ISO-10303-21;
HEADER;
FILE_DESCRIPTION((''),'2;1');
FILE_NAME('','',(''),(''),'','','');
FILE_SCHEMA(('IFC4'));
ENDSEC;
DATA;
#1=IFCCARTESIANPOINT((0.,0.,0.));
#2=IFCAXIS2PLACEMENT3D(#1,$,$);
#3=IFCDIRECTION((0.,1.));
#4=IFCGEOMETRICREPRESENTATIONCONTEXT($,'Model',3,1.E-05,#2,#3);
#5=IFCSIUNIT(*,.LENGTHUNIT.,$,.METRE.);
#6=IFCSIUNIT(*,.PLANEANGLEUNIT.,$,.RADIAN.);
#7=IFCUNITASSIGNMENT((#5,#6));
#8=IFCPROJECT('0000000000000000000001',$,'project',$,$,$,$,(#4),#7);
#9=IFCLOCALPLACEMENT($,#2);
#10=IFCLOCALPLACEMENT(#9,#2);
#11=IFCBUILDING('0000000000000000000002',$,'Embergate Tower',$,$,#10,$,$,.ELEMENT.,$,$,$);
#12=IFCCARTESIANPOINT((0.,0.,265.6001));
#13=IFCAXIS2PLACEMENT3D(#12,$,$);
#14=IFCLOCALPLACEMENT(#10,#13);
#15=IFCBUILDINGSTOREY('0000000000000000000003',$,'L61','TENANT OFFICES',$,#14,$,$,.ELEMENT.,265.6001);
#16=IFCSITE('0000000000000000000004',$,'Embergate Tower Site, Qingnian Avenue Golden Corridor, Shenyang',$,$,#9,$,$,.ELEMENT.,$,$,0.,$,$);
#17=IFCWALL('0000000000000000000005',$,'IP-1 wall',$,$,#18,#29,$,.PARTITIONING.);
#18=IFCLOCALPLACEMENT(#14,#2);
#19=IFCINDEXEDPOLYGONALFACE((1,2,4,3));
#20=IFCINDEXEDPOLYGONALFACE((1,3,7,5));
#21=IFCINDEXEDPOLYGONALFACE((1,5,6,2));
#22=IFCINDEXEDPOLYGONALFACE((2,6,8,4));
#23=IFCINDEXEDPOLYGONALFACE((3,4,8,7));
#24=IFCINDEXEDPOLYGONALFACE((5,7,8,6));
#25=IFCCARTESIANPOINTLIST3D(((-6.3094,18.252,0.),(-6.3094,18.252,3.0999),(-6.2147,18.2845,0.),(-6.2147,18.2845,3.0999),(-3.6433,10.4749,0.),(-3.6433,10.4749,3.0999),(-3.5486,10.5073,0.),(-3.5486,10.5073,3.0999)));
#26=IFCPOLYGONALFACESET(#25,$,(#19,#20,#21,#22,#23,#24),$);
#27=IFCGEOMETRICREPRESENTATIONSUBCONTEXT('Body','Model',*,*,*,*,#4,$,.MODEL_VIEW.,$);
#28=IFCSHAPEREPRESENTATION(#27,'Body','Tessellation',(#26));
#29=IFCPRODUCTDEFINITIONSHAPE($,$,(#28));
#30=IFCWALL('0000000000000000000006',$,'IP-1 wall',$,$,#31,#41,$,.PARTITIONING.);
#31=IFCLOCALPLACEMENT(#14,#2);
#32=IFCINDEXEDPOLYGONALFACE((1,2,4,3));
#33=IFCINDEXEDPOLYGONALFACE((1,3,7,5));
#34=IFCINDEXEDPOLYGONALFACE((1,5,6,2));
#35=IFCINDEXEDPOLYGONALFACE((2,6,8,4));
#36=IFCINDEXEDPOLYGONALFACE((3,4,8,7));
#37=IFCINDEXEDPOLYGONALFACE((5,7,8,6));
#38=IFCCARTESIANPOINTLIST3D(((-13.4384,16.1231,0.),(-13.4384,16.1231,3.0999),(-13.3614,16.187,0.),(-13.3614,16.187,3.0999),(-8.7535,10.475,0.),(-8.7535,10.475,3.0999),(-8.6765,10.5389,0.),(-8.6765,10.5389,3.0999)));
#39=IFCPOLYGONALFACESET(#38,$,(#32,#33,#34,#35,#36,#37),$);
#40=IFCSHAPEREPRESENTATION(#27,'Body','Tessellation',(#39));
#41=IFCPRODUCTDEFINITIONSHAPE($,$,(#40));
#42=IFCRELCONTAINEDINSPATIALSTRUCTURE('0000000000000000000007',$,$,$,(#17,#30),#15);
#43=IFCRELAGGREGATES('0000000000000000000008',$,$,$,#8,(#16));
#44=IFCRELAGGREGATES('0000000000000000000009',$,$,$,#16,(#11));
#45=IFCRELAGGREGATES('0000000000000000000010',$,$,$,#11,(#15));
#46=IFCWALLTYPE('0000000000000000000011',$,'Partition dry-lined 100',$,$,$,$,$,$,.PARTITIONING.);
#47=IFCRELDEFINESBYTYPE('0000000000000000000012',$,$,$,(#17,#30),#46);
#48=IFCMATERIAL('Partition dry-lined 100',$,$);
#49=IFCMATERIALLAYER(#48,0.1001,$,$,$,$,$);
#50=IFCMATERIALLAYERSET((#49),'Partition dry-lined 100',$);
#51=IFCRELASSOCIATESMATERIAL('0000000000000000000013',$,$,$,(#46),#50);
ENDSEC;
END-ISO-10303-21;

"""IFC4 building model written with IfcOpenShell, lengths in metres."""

from ifc_helpers import new_model, si_unit, direction, frame, frame_2d, origin, place, context, subcontext, project, spatial, rectangle, extrude, source, transform, mapped, material, layer, layer_set, type_object, element, save


model = new_model("IFC4")

# Units and contexts
model_context = context("Model", 3, precision=1e-05, world=origin(), true_north=direction((0.0, 1.0)))
body_context = subcontext(model_context, "Body", "Model", "MODEL_VIEW")
ifc_project = project(units=[si_unit("LENGTHUNIT", "METRE"), si_unit("PLANEANGLEUNIT", "RADIAN")], contexts=[model_context])

# Site, building, storey
site_placement = place(None, origin())
site = spatial("IfcSite", under=ifc_project, at=site_placement, Name="Embergate Tower Site, Qingnian Avenue Golden Corridor, Shenyang", CompositionType="ELEMENT", RefElevation=0.0)
building_placement = place(site_placement, origin())
building = spatial("IfcBuilding", under=site, at=building_placement, Name="Embergate Tower", CompositionType="ELEMENT")
storey_placement = place(building_placement, frame((0.0, 0.0, 265.6001)))
storey = spatial("IfcBuildingStorey", under=building, at=storey_placement, Name="L61", Description="TENANT OFFICES", CompositionType="ELEMENT", Elevation=265.6001)

# Walls
ifc_material_1 = material(Name="Partition dry-lined 100")
ifc_layer_1 = layer(ifc_material_1, 0.1001)
ifc_layer_set_1 = layer_set([ifc_layer_1], Name="Partition dry-lined 100")
wall_type_1 = type_object("IfcWallType", Name="Partition dry-lined 100", PredefinedType="PARTITIONING", material=ifc_layer_set_1)
shared_shape_1 = source(origin(), body_context, "Body", "SweptSolid", [
    extrude(rectangle(XDim=8.2214, YDim=0.1001, at=frame_2d((4.1108, 0.0))), origin(), (0.0, 0.0, 1.0), 3.0999),
])
wall_1_placement = place(storey_placement, frame((-3.5959, 10.491, 0.0), z_axis=(0.0, 0.0, 1.0), x_axis=(-0.324279, 0.945962, 0.0)))
element("IfcWall", 1, at=wall_1_placement, inside=storey, type_object=wall_type_1, Name="IP-1 wall", PredefinedType="PARTITIONING", context=body_context, shape_type="MappedRepresentation", body=[
    mapped(shared_shape_1, transform((0.0, 0.0, 0.0))),
])
shared_shape_2 = source(origin(), body_context, "Body", "SweptSolid", [
    extrude(rectangle(XDim=7.3381, YDim=0.1001, at=frame_2d((3.6689, 0.0))), origin(), (0.0, 0.0, 1.0), 3.0999),
])
wall_2_placement = place(storey_placement, frame((-8.7151, 10.5071, 0.0), z_axis=(0.0, 0.0, 1.0), x_axis=(-0.638429, 0.769681, 0.0)))
element("IfcWall", 2, at=wall_2_placement, inside=storey, type_object=wall_type_1, Name="IP-1 wall", PredefinedType="PARTITIONING", context=body_context, shape_type="MappedRepresentation", body=[
    mapped(shared_shape_2, transform((0.0, 0.0, 0.0))),
])

save(model, "model.ifc")
